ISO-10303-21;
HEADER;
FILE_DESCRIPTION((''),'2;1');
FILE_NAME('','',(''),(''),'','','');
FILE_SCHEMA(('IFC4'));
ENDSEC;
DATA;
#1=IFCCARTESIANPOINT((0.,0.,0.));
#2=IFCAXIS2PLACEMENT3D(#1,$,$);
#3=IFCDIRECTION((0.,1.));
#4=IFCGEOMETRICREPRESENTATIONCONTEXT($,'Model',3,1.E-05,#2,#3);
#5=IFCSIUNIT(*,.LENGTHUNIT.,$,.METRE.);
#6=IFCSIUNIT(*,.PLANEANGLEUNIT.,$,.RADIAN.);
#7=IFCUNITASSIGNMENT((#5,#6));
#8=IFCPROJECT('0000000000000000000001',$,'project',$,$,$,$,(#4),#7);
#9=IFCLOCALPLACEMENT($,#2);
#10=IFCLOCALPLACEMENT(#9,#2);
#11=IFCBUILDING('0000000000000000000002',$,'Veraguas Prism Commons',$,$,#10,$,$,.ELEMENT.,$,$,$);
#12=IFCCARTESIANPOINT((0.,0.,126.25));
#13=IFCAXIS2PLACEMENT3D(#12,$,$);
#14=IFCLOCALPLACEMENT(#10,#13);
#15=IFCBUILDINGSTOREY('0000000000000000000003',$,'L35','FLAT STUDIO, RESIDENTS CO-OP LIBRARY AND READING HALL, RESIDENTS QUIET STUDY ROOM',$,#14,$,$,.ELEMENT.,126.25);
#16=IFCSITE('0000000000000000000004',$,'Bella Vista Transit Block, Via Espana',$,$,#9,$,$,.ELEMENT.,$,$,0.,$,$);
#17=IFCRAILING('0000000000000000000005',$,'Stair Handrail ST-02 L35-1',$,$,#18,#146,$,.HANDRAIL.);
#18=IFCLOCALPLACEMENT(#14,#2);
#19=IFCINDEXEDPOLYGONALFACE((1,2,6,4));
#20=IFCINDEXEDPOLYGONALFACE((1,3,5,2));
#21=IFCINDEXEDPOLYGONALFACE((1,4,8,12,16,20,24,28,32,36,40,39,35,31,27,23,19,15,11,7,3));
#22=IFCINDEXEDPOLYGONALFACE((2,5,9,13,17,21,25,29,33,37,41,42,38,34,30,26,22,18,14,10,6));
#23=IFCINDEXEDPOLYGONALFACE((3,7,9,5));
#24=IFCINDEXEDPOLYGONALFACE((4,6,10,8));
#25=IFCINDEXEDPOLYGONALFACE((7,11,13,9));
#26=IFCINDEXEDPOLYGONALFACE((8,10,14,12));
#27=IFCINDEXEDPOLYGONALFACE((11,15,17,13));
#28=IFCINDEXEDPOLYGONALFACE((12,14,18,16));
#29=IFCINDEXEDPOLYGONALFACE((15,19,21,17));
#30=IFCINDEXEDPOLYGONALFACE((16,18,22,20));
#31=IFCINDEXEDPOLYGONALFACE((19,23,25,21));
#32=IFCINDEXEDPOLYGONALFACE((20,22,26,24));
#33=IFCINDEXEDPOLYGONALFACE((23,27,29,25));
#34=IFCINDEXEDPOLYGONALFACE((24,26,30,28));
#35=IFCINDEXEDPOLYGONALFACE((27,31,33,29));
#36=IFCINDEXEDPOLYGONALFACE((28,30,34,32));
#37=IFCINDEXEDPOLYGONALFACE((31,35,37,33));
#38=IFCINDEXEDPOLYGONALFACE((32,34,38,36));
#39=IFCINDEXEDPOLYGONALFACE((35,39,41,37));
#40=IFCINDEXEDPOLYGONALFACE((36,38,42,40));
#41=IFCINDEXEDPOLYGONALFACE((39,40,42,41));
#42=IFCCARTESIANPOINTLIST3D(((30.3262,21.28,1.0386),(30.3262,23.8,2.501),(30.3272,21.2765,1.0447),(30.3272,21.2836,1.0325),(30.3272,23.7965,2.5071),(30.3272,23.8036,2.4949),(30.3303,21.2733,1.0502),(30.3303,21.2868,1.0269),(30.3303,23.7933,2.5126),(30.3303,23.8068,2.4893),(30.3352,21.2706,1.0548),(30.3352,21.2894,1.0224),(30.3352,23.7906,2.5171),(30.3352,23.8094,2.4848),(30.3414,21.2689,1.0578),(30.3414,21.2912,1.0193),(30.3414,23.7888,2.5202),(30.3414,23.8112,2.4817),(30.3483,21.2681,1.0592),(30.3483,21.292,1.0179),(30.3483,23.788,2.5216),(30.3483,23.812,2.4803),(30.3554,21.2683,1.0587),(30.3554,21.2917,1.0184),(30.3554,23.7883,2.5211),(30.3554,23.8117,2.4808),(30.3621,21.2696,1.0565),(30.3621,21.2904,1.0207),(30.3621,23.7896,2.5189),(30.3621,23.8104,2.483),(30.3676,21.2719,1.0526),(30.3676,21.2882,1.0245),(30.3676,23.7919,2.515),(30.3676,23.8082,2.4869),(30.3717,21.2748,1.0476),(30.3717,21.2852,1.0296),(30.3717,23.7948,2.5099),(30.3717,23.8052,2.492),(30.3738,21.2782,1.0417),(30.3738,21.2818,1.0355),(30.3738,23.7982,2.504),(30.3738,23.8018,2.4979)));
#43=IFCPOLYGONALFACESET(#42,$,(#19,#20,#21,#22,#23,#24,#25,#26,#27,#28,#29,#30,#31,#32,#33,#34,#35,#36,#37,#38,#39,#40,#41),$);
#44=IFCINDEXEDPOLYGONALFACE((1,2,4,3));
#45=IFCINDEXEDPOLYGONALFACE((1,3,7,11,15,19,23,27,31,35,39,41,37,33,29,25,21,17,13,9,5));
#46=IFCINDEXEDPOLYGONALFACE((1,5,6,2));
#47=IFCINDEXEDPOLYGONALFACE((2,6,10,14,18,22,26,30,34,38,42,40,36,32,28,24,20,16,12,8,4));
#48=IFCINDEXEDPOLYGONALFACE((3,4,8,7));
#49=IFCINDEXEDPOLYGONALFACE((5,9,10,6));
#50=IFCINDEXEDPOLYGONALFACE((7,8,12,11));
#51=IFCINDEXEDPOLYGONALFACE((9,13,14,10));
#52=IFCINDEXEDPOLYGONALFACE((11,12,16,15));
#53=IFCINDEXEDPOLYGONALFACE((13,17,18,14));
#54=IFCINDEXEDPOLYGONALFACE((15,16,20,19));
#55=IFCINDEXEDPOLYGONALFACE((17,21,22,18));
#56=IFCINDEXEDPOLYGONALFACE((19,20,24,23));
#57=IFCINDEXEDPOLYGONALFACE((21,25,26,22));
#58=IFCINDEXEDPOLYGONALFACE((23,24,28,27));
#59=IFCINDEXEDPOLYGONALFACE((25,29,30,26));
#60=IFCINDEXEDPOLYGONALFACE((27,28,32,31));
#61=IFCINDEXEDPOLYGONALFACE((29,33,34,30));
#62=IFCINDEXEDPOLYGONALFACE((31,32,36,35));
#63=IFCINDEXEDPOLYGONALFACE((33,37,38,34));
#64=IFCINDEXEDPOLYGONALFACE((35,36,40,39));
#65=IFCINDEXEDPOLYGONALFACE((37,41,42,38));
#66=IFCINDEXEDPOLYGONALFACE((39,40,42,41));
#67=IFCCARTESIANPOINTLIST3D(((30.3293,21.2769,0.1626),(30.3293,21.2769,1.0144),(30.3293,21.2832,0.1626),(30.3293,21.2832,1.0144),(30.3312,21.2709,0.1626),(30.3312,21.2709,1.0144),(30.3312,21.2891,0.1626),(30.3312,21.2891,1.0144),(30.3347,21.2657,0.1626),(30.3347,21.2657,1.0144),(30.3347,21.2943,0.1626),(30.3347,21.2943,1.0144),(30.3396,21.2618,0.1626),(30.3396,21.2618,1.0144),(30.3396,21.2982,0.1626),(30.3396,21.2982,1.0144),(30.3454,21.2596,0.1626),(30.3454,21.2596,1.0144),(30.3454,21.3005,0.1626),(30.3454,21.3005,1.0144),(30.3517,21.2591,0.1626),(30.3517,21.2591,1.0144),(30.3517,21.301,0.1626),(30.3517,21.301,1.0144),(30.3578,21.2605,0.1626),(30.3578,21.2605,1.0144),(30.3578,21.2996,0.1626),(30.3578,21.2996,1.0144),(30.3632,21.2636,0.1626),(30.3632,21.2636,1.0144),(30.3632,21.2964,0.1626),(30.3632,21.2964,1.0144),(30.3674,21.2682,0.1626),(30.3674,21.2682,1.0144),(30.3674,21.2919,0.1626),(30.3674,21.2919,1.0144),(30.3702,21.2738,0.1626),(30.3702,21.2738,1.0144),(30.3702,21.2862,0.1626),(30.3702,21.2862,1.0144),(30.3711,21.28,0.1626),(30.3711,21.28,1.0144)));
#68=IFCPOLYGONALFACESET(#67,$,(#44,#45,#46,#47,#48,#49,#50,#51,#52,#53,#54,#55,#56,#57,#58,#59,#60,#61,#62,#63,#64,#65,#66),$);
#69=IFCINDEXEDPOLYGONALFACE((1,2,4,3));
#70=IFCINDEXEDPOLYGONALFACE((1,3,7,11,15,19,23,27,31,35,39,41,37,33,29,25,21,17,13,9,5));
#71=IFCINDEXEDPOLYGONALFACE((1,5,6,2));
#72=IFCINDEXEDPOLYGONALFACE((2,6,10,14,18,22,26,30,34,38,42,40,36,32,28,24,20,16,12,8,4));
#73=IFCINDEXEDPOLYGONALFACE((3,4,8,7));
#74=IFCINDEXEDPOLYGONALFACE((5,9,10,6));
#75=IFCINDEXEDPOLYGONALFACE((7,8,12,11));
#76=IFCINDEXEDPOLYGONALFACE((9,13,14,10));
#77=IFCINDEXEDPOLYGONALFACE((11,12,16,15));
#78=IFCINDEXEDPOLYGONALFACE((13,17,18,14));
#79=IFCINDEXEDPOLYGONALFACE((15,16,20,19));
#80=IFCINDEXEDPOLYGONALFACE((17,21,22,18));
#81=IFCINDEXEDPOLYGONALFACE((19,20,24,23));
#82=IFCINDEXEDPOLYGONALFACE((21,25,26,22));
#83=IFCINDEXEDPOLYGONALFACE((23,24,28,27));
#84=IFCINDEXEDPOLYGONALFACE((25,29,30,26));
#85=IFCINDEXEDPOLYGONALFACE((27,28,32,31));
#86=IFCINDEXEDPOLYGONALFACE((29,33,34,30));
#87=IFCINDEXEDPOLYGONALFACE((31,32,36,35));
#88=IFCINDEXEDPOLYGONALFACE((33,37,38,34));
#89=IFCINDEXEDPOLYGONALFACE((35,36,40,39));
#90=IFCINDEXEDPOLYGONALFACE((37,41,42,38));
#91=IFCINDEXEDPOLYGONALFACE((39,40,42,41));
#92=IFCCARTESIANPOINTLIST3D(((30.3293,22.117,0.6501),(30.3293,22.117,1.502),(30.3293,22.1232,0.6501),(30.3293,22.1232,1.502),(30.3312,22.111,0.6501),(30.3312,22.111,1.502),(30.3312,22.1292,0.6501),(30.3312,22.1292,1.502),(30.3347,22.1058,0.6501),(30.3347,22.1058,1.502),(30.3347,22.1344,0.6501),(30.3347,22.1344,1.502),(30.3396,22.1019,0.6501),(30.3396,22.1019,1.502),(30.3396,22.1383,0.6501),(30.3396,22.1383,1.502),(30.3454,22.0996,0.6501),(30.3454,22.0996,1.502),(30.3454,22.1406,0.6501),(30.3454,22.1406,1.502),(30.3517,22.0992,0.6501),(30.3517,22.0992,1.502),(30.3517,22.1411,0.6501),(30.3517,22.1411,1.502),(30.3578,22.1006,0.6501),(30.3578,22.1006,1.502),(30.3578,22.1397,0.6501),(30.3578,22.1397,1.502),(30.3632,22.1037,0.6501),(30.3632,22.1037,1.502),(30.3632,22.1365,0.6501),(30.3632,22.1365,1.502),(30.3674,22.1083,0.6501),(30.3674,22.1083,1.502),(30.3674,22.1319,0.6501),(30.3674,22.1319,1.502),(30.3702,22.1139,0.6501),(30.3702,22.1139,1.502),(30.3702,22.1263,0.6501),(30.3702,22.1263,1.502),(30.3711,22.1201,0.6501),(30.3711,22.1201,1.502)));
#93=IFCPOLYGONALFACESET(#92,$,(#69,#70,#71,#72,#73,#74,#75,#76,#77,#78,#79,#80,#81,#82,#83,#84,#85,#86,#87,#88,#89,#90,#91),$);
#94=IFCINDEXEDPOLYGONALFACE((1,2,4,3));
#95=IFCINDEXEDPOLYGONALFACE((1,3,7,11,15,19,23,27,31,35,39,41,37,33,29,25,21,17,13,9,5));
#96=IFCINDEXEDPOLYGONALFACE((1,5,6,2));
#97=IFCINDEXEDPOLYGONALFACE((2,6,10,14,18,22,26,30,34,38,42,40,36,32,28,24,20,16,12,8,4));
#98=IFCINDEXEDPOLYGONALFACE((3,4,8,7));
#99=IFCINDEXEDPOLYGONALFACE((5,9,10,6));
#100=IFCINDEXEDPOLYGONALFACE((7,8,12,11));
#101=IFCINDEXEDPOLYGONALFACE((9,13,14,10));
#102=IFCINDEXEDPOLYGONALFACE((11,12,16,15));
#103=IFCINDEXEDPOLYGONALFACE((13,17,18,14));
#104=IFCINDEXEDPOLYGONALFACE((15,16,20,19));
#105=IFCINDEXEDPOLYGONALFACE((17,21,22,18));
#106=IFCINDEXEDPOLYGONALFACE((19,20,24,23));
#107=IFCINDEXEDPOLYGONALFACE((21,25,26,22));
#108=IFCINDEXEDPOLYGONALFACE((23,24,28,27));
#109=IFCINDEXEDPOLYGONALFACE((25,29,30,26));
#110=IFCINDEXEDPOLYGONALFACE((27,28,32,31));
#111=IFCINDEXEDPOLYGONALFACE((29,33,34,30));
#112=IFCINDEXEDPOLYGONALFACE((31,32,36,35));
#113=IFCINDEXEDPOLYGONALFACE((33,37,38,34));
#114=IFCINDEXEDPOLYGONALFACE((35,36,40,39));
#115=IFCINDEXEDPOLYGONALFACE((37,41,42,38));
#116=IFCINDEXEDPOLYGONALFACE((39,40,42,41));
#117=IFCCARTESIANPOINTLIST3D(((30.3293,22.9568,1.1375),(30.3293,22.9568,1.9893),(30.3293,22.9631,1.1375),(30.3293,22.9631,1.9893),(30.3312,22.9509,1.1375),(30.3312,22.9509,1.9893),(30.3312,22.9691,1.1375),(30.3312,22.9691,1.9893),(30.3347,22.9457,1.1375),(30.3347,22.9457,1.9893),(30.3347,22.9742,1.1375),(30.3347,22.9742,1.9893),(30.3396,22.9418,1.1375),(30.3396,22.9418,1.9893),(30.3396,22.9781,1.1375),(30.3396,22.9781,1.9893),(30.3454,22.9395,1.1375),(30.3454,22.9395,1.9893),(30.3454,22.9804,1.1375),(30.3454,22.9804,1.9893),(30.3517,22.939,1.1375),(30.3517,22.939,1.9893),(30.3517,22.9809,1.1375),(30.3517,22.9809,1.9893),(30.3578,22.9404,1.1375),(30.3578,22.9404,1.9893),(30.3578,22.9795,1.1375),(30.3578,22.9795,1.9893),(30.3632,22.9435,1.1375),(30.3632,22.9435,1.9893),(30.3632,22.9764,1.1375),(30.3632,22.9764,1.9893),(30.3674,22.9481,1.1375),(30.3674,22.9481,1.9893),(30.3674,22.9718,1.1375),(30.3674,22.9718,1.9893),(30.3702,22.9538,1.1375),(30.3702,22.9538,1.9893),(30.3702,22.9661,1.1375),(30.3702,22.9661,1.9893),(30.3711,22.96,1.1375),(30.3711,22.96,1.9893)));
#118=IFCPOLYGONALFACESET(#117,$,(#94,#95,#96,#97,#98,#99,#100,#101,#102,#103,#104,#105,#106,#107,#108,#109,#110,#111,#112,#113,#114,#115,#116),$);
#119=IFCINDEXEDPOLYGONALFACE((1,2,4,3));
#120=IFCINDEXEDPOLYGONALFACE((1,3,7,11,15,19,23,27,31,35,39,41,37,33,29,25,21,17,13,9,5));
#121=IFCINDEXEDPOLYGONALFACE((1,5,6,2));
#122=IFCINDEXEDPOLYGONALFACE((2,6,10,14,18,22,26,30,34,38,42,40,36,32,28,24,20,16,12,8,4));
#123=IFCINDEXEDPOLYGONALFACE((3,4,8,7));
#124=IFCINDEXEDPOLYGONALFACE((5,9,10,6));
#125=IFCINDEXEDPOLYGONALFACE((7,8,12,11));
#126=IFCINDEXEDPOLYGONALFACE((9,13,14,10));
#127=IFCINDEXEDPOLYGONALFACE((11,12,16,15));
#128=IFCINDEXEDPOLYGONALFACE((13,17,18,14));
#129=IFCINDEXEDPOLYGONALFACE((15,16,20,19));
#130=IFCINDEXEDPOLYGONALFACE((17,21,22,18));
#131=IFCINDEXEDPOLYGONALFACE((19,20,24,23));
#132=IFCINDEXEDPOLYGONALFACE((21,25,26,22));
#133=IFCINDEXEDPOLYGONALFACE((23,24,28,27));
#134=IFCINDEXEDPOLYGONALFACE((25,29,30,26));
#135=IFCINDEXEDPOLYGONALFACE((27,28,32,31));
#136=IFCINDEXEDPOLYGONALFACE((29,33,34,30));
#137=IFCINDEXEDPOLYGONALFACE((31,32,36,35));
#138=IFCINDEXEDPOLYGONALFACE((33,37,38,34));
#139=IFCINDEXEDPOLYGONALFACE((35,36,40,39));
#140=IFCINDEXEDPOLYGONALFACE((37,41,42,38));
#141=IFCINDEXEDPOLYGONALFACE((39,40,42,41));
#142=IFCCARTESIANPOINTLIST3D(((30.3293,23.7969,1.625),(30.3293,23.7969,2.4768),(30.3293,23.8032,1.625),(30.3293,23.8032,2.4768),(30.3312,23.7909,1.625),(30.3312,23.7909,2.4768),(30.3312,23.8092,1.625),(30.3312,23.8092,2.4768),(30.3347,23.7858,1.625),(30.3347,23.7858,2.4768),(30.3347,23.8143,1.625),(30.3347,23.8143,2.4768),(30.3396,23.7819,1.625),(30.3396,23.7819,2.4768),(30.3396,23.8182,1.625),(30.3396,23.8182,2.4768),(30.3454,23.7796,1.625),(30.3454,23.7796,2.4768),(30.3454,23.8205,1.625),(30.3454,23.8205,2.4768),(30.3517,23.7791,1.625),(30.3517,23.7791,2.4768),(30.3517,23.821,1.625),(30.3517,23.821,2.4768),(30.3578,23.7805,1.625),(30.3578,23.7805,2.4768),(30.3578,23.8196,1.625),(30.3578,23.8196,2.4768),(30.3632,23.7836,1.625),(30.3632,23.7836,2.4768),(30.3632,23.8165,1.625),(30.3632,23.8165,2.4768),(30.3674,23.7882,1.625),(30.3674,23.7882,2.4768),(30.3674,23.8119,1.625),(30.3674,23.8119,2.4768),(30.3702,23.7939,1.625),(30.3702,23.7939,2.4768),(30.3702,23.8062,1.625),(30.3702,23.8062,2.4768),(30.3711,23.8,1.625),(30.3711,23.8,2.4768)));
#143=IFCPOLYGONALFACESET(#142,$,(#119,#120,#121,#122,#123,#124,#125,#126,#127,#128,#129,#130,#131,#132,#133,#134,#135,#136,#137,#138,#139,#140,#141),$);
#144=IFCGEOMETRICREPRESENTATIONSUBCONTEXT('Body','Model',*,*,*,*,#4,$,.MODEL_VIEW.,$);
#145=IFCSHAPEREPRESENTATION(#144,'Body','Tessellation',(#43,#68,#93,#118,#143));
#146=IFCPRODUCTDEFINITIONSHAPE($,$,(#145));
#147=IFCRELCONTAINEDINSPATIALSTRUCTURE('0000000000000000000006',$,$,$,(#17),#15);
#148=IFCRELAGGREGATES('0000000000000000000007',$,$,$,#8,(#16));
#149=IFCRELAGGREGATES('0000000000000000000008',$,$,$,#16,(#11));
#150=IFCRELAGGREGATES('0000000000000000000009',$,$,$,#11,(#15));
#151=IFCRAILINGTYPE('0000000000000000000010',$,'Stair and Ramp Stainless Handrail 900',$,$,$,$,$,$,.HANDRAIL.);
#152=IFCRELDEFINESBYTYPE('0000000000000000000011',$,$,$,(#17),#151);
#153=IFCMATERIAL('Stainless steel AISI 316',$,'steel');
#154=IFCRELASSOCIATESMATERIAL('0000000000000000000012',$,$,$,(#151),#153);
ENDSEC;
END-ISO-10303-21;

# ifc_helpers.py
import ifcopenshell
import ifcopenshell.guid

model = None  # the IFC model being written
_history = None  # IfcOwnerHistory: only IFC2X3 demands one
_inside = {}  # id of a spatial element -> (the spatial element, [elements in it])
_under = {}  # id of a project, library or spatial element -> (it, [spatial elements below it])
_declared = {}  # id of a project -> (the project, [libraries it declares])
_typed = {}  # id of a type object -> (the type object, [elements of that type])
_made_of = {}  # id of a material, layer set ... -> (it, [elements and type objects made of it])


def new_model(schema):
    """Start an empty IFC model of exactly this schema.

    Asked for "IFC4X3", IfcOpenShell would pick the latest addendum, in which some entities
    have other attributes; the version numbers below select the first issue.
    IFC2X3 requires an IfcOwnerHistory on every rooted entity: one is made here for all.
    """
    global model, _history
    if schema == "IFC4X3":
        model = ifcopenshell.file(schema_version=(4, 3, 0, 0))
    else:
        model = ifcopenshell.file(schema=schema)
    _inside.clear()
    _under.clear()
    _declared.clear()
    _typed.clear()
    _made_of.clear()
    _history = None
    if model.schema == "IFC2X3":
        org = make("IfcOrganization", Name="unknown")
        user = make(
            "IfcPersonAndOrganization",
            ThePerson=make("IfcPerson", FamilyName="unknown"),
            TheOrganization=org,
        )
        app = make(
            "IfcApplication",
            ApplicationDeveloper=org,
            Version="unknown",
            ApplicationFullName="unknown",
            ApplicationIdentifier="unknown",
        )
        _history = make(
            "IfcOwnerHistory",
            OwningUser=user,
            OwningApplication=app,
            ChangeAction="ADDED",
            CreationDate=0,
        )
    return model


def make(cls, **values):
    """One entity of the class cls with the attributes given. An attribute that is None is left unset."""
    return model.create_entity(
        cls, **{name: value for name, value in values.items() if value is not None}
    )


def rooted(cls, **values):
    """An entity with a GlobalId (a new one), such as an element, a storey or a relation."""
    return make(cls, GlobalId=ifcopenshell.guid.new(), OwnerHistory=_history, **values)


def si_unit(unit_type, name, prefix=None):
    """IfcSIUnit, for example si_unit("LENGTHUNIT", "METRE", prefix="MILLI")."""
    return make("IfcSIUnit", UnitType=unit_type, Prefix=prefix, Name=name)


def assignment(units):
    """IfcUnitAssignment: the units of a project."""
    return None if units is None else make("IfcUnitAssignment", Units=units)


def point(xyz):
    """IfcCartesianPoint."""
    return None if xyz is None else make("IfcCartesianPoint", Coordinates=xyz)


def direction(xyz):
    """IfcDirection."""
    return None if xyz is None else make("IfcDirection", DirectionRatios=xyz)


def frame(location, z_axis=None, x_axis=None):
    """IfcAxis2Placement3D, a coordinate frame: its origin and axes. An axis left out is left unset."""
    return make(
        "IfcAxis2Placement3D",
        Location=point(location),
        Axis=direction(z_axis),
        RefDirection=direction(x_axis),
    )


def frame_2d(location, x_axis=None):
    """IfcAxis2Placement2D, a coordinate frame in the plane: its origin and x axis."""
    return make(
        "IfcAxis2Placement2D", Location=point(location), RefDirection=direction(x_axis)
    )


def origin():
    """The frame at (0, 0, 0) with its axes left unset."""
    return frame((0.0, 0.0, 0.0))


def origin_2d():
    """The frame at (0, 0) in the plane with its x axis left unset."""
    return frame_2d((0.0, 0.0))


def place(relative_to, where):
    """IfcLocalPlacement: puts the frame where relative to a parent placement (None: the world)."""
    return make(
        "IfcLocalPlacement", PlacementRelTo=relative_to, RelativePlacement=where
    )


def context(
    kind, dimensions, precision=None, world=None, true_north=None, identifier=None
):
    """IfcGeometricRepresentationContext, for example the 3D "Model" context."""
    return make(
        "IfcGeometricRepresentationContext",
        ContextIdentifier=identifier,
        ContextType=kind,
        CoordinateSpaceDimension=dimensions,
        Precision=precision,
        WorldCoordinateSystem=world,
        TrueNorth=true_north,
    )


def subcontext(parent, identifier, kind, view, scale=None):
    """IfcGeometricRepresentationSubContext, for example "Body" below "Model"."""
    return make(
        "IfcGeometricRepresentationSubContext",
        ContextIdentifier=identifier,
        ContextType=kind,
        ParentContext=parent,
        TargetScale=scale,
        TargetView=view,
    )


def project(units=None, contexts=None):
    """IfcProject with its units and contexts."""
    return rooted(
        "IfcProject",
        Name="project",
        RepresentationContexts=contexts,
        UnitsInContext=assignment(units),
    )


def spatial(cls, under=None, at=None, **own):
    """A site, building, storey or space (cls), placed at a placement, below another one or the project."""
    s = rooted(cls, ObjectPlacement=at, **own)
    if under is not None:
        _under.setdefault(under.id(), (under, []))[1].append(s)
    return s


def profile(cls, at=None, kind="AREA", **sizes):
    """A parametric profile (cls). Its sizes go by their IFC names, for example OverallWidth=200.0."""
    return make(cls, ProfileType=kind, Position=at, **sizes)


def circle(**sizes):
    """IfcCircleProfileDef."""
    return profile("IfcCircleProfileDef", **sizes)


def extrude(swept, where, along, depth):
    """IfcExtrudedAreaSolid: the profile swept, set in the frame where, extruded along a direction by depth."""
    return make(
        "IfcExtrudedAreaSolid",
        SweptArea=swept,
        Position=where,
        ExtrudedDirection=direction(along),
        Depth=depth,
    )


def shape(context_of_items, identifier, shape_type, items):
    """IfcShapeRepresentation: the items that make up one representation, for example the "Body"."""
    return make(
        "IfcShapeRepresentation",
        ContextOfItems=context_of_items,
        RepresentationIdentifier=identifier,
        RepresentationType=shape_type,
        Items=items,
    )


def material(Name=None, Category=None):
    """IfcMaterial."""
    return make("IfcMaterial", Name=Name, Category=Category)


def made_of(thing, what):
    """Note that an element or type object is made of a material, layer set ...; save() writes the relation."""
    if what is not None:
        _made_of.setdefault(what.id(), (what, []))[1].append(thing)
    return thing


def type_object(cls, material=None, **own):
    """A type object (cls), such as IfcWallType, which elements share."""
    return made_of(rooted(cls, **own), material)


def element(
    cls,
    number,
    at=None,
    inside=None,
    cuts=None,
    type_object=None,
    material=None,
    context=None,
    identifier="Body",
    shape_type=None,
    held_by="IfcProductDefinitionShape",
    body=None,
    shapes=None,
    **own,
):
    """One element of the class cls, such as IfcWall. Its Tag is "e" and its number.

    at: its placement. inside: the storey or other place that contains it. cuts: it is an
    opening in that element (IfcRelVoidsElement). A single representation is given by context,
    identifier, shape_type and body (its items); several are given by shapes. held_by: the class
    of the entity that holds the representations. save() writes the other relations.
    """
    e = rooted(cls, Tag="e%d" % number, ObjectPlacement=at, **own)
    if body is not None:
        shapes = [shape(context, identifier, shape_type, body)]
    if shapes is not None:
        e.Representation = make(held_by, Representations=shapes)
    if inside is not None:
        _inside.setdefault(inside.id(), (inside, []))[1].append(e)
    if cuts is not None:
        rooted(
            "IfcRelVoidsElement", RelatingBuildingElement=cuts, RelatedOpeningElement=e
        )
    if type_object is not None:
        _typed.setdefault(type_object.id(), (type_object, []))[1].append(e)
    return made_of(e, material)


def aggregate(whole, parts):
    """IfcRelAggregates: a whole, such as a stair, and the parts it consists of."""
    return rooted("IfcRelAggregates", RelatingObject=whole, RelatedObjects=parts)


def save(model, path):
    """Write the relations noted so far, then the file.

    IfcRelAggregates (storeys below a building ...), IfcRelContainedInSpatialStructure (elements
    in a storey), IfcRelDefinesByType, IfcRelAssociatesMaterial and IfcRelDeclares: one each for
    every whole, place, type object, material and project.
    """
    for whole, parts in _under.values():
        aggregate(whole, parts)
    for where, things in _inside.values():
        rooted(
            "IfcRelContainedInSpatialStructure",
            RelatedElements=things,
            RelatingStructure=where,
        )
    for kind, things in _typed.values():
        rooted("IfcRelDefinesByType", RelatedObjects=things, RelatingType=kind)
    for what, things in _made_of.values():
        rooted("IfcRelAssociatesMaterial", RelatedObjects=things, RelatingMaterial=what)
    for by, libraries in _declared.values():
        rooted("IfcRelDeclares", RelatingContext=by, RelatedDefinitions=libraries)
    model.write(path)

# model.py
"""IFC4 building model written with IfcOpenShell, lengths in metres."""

from ifc_helpers import new_model, si_unit, direction, frame, origin, origin_2d, place, context, subcontext, project, spatial, circle, extrude, material, type_object, element, save


model = new_model("IFC4")

# Units and contexts
model_context = context("Model", 3, precision=1e-05, world=origin(), true_north=direction((0.0, 1.0)))
body_context = subcontext(model_context, "Body", "Model", "MODEL_VIEW")
ifc_project = project(units=[si_unit("LENGTHUNIT", "METRE"), si_unit("PLANEANGLEUNIT", "RADIAN")], contexts=[model_context])

# Site, building, storey
site_placement = place(None, origin())
site = spatial("IfcSite", under=ifc_project, at=site_placement, Name="Bella Vista Transit Block, Via Espana", CompositionType="ELEMENT", RefElevation=0.0)
building_placement = place(site_placement, origin())
building = spatial("IfcBuilding", under=site, at=building_placement, Name="Veraguas Prism Commons", CompositionType="ELEMENT")
storey_placement = place(building_placement, frame((0.0, 0.0, 126.25)))
storey = spatial("IfcBuildingStorey", under=building, at=storey_placement, Name="L35", Description="FLAT STUDIO, RESIDENTS CO-OP LIBRARY AND READING HALL, RESIDENTS QUIET STUDY ROOM", CompositionType="ELEMENT", Elevation=126.25)

# Shared definitions
ifc_material_1 = material(Name="Stainless steel AISI 316", Category="steel")

# Railing
railing_type_1 = type_object("IfcRailingType", Name="Stair and Ramp Stainless Handrail 900", PredefinedType="HANDRAIL", material=ifc_material_1)
railing_1_placement = place(storey_placement, frame((30.3501, 21.28, 0.1626)))
element("IfcRailing", 1, at=railing_1_placement, inside=storey, type_object=railing_type_1, Name="Stair Handrail ST-02 L35-1", PredefinedType="HANDRAIL", context=body_context, shape_type="SweptSolid", body=[
    extrude(circle(Radius=0.0239, at=origin_2d()), frame((0.0, 0.0, 0.876), z_axis=(0.0, 0.864913, 0.501921), x_axis=(-1.0, 0.0, 0.0)), (0.0, 0.0, 1.0), 2.9136),
    extrude(circle(Radius=0.021, at=origin_2d()), origin(), (0.0, 0.0, 1.0), 0.8518),
    extrude(circle(Radius=0.021, at=origin_2d()), frame((0.0, 0.8401, 0.4875)), (0.0, 0.0, 1.0), 0.8518),
    extrude(circle(Radius=0.021, at=origin_2d()), frame((0.0, 1.6799, 0.9749)), (0.0, 0.0, 1.0), 0.8518),
    extrude(circle(Radius=0.021, at=origin_2d()), frame((0.0, 2.52, 1.4624)), (0.0, 0.0, 1.0), 0.8518),
])

save(model, "model.ifc")
